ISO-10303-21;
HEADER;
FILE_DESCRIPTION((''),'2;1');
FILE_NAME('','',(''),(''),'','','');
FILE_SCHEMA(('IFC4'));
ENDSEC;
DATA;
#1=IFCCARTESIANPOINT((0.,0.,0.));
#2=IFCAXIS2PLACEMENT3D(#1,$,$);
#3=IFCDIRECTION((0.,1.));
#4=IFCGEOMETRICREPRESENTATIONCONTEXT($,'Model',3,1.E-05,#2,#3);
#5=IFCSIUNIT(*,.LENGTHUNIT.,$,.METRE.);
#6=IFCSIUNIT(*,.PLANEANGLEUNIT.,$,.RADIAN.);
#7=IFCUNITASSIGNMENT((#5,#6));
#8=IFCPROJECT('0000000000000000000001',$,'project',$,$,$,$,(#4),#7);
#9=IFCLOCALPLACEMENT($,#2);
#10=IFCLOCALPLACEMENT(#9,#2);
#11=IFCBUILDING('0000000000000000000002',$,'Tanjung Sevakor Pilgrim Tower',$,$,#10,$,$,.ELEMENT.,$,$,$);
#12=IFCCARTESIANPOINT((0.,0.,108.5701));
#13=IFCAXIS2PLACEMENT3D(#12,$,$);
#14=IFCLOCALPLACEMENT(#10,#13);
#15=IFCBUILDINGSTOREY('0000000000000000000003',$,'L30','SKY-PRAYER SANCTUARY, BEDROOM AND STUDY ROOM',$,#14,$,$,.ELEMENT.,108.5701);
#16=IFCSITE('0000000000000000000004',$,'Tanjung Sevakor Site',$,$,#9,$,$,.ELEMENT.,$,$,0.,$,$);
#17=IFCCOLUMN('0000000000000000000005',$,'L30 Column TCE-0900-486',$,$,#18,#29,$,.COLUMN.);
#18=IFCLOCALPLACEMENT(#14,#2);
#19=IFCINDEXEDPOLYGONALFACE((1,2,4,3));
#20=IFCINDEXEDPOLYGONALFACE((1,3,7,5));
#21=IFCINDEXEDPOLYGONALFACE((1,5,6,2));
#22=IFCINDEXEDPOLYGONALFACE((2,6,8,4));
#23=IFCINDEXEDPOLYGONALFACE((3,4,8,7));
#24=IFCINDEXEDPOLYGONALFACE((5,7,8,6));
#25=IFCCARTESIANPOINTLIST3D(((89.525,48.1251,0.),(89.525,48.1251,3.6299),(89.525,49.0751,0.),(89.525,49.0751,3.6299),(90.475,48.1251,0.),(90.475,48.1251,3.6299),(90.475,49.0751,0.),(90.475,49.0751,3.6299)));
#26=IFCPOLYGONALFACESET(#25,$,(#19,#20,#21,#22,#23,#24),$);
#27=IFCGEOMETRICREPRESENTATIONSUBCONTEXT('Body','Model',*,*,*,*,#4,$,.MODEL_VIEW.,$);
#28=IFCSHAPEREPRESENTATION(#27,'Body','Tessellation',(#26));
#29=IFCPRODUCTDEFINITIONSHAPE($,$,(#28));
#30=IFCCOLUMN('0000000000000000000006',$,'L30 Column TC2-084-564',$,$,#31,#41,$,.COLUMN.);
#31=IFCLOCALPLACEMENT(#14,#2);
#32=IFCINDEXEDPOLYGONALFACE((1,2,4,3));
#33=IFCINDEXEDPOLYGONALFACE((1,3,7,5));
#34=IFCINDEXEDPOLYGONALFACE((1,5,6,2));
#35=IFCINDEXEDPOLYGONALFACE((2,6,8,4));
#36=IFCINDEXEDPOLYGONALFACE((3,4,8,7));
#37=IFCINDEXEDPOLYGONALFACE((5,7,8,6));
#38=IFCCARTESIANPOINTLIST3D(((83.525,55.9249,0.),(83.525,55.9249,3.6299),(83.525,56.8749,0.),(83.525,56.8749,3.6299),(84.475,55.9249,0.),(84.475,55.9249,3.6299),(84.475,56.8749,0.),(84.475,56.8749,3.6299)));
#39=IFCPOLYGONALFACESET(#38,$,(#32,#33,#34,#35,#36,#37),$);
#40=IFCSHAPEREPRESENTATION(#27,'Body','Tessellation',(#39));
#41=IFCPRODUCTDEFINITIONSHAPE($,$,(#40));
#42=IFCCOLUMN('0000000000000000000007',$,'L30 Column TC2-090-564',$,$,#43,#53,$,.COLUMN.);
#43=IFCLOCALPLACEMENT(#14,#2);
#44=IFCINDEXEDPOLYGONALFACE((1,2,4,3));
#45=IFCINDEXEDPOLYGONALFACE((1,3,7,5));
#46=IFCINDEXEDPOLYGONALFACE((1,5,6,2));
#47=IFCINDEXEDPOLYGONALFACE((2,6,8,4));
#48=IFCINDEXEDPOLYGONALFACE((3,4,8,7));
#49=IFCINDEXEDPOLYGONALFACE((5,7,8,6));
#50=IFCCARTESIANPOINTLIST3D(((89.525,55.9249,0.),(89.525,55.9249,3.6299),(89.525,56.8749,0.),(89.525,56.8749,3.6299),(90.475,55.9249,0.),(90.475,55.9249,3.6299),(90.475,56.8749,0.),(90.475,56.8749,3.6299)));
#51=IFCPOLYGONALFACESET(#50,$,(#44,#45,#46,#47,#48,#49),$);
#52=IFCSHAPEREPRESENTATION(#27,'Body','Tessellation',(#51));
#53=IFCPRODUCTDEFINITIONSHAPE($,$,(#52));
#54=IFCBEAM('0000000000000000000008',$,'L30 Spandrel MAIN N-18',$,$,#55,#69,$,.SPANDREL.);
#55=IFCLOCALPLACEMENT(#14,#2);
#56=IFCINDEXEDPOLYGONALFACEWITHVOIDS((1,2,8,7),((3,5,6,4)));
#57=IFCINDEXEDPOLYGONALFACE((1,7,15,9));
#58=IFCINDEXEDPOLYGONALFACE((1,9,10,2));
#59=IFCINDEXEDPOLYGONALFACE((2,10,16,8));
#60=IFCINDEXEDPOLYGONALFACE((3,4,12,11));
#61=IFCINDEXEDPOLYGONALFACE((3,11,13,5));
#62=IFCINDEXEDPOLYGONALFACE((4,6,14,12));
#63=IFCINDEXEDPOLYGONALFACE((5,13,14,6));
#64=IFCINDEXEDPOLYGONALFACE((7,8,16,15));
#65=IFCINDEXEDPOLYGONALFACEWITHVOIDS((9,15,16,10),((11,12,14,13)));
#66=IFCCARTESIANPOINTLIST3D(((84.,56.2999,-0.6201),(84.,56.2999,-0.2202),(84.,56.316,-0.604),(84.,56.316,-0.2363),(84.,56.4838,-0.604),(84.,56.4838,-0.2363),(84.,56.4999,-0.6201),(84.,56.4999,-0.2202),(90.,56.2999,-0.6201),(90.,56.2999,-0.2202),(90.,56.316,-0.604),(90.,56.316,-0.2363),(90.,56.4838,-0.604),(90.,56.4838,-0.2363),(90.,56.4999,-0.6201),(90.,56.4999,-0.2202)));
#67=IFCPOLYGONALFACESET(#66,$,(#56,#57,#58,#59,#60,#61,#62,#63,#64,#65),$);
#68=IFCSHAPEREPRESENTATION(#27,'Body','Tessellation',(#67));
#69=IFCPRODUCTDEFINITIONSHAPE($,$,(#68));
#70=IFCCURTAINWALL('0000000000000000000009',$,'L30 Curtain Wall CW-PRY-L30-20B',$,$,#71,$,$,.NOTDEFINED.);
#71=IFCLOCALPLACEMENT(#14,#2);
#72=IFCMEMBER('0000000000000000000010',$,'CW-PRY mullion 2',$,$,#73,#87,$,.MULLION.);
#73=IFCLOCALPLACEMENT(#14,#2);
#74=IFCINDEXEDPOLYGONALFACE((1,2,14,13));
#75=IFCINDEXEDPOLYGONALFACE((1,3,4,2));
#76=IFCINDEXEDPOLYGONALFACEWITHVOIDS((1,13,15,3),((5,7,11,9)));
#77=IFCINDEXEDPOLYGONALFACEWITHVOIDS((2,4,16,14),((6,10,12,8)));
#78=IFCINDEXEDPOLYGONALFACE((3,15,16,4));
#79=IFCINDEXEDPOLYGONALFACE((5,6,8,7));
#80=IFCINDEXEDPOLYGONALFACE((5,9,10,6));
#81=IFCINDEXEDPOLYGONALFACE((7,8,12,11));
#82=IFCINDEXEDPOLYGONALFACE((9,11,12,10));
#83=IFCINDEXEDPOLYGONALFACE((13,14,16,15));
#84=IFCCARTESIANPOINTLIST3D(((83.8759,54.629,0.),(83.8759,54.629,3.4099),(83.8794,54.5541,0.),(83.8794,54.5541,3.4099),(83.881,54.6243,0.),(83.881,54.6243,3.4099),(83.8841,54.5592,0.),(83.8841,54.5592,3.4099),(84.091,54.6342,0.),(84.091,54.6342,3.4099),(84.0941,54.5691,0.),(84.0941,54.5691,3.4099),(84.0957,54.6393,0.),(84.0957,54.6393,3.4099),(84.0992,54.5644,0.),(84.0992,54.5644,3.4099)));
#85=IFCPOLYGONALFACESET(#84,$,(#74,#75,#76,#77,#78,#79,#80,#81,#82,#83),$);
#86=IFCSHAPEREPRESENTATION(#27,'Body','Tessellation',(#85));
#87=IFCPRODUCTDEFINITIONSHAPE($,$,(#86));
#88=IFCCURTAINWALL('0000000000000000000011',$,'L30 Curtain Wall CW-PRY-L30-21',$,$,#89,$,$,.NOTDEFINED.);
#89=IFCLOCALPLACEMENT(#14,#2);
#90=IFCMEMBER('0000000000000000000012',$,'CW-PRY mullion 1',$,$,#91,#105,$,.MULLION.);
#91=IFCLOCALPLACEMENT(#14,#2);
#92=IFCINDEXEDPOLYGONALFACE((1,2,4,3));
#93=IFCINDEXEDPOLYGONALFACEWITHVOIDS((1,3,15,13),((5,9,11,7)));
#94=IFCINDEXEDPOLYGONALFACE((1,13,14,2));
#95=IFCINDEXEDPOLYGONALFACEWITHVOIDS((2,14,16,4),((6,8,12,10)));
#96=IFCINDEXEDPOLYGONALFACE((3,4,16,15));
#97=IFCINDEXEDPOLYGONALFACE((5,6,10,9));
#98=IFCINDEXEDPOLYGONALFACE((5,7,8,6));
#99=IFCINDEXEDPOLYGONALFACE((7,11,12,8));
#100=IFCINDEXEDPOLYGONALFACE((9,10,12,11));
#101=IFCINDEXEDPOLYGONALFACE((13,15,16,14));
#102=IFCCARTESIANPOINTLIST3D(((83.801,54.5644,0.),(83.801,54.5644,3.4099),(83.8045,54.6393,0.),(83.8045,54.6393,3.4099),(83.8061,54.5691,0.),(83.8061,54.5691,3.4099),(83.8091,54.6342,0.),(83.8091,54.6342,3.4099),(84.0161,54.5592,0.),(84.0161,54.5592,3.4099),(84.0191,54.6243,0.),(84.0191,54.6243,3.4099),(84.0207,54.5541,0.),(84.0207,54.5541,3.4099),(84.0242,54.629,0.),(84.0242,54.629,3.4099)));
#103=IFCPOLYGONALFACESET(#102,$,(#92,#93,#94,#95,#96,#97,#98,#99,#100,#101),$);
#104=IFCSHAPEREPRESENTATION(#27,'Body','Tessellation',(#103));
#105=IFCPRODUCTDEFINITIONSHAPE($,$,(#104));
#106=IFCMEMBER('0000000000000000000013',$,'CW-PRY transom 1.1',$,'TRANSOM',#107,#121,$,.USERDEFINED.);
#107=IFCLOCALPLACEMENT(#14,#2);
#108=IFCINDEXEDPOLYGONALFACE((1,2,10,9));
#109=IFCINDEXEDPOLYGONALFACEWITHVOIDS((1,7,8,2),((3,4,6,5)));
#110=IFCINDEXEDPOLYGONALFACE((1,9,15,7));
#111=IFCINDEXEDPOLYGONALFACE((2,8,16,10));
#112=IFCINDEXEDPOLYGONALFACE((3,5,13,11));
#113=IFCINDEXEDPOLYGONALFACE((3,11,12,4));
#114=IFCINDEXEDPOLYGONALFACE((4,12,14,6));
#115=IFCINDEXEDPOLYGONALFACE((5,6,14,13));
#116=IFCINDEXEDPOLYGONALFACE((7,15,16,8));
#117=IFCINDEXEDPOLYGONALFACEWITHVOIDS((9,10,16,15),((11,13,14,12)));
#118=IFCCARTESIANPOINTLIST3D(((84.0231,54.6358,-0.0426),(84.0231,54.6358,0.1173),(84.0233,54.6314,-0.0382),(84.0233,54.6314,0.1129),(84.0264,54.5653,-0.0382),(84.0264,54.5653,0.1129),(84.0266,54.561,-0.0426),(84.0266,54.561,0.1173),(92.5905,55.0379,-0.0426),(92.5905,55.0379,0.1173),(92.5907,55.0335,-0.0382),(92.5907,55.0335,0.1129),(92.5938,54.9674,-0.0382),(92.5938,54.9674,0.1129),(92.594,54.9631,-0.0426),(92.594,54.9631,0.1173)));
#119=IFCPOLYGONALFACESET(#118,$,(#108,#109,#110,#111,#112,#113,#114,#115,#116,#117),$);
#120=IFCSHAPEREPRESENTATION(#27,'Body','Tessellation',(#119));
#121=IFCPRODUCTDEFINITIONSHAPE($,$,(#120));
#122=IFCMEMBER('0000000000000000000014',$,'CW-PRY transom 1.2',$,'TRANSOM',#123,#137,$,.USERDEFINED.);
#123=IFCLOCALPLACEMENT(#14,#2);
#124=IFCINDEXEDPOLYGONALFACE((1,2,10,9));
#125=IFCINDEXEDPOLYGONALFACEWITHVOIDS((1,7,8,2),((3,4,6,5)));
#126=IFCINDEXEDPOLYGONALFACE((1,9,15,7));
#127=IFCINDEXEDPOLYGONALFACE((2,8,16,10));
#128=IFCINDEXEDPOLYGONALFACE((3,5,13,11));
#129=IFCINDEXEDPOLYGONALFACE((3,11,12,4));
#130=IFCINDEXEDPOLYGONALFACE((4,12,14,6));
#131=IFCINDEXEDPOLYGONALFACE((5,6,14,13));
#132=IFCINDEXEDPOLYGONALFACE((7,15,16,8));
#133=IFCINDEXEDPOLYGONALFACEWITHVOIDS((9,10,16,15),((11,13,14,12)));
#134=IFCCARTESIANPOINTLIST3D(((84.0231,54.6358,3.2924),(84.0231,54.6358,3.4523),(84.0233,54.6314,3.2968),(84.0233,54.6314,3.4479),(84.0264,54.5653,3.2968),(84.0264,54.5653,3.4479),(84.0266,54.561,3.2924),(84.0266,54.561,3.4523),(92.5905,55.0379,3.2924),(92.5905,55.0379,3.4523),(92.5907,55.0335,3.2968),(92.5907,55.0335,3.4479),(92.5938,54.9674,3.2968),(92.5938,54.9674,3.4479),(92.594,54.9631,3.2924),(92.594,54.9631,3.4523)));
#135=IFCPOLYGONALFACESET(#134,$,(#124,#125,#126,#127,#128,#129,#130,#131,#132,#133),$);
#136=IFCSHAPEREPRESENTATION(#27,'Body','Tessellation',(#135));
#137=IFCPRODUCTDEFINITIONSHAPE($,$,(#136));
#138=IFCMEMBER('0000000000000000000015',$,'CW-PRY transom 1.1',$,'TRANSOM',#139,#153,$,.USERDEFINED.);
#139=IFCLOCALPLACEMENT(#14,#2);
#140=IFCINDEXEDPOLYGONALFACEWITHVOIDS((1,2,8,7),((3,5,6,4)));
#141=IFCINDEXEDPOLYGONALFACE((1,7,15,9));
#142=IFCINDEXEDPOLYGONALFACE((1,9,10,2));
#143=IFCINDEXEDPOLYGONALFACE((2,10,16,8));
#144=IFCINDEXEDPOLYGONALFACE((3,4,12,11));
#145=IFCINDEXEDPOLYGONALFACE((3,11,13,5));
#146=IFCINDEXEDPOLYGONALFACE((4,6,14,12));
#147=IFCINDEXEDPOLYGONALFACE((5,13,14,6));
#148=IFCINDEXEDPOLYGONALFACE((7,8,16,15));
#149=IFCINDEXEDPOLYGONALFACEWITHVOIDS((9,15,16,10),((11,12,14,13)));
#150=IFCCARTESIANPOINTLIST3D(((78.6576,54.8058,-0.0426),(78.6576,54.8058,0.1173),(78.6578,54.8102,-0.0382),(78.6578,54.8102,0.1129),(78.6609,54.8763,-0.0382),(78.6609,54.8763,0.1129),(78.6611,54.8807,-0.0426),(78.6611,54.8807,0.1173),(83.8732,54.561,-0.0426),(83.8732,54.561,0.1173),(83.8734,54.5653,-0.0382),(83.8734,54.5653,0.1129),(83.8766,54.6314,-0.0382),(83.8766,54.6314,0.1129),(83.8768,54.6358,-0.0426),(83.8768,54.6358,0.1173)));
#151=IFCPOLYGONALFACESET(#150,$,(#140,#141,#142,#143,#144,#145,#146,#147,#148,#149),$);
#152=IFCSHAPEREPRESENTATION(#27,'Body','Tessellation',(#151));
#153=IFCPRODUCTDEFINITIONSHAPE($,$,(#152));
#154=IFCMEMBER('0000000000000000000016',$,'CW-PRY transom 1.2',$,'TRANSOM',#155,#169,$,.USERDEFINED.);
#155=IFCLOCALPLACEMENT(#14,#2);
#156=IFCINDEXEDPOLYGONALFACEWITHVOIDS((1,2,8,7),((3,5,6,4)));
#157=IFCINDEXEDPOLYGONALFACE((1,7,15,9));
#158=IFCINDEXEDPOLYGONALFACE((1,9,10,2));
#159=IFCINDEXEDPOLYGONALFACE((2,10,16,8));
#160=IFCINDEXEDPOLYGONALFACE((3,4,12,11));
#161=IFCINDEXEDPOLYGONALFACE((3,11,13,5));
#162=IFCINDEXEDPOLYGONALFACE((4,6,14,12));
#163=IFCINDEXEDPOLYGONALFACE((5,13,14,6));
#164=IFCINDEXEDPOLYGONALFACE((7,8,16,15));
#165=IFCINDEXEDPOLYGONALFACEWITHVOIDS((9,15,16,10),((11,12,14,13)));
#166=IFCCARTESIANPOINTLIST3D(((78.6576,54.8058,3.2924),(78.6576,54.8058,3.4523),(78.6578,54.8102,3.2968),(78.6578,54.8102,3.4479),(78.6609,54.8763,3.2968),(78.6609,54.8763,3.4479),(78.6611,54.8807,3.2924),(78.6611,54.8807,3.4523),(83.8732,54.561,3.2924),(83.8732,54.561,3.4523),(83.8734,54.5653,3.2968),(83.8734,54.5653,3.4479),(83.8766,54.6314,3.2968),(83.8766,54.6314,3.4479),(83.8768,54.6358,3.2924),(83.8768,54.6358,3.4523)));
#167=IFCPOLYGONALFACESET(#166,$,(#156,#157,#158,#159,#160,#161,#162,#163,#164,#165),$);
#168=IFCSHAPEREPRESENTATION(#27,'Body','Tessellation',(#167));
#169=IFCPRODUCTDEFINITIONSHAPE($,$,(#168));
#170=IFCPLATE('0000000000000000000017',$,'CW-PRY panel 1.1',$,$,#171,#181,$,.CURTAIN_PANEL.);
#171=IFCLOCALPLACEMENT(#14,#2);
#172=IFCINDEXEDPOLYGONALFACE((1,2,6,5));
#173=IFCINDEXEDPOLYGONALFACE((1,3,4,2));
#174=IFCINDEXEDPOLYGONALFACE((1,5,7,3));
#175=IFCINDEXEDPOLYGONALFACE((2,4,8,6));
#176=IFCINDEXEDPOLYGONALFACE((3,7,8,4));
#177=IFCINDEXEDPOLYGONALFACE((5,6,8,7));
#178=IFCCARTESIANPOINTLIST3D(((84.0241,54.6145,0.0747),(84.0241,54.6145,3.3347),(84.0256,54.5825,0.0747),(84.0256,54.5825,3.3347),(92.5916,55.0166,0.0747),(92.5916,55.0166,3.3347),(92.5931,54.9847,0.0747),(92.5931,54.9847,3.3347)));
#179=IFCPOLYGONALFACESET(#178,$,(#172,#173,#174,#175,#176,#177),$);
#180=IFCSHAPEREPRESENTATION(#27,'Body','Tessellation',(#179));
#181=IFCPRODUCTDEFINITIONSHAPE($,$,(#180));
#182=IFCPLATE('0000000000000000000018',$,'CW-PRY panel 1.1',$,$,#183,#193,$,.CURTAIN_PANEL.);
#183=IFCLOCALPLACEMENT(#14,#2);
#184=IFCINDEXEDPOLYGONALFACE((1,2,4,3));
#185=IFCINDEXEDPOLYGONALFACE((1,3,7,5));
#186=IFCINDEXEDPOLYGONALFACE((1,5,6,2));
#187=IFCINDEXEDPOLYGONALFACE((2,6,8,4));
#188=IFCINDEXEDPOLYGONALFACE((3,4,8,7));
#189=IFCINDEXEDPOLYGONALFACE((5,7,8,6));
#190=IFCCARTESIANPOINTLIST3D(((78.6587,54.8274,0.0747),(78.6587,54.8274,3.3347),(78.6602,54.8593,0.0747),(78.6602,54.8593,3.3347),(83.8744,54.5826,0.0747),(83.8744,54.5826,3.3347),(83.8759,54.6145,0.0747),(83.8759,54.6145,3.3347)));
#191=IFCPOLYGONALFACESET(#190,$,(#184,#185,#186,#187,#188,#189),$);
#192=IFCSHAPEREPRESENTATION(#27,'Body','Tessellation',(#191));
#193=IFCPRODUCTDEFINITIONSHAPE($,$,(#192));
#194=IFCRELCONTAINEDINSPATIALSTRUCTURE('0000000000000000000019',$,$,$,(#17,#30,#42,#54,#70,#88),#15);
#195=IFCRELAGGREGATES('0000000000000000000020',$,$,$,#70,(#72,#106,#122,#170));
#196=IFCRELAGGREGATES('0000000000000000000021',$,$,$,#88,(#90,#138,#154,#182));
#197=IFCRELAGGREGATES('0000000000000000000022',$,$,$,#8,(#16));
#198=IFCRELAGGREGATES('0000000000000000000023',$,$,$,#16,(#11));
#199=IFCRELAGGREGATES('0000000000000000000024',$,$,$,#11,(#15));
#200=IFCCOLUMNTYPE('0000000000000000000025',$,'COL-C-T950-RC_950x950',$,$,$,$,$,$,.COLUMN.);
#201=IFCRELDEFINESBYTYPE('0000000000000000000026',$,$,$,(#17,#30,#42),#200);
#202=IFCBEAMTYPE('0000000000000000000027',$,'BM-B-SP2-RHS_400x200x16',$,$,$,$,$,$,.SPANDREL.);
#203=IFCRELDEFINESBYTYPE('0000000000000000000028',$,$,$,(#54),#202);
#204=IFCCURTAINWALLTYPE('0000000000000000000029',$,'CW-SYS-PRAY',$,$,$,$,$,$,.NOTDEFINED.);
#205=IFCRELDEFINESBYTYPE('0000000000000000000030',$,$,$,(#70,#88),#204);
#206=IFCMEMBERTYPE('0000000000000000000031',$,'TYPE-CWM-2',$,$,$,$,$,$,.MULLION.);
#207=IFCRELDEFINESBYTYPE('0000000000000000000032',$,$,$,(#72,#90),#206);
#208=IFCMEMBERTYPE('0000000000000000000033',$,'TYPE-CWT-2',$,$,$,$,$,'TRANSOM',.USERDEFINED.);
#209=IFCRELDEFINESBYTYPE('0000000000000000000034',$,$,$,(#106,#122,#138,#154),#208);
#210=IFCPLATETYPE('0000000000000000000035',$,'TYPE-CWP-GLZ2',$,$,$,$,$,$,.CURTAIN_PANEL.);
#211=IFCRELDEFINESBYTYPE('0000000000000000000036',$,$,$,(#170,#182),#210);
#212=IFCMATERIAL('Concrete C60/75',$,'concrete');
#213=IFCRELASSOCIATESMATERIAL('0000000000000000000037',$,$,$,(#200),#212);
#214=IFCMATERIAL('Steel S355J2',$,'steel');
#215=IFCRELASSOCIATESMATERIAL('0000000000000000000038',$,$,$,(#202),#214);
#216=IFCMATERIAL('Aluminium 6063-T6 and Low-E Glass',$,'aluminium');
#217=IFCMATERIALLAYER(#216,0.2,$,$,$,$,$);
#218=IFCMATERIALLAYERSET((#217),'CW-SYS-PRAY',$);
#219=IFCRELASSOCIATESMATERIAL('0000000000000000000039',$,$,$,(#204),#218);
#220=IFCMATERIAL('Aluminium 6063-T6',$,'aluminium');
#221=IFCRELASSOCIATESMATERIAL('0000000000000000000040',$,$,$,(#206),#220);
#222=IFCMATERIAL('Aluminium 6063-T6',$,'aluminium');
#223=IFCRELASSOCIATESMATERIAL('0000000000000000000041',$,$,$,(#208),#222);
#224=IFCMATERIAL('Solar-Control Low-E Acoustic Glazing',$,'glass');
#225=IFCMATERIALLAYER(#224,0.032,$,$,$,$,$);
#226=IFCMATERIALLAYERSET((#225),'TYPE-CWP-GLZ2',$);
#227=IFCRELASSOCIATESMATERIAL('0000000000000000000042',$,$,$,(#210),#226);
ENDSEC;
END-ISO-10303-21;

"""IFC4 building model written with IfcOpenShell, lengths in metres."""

from ifc_helpers import new_model, si_unit, direction, frame, origin, origin_2d, place, context, subcontext, project, spatial, rectangle, hollow_rectangle, extrude, material, layer, layer_set, material_profile, profile_set, type_object, element, aggregate, save


model = new_model("IFC4")

# Units and contexts
model_context = context("Model", 3, precision=1e-05, world=origin(), true_north=direction((0.0, 1.0)))
body_context = subcontext(model_context, "Body", "Model", "MODEL_VIEW")
ifc_project = project(units=[si_unit("LENGTHUNIT", "METRE"), si_unit("PLANEANGLEUNIT", "RADIAN")], contexts=[model_context])

# Site, building, storey
site_placement = place(None, origin())
site = spatial("IfcSite", under=ifc_project, at=site_placement, Name="Tanjung Sevakor Site", CompositionType="ELEMENT", RefElevation=0.0)
building_placement = place(site_placement, origin())
building = spatial("IfcBuilding", under=site, at=building_placement, Name="Tanjung Sevakor Pilgrim Tower", CompositionType="ELEMENT")
storey_placement = place(building_placement, frame((0.0, 0.0, 108.5701)))
storey = spatial("IfcBuildingStorey", under=building, at=storey_placement, Name="L30", Description="SKY-PRAYER SANCTUARY, BEDROOM AND STUDY ROOM", CompositionType="ELEMENT", Elevation=108.5701)

# Columns
ifc_material_1 = material(Name="Concrete C60/75", Category="concrete")
ifc_material_profile_1 = material_profile(ifc_material_1, rectangle(XDim=0.95, YDim=0.95, at=origin_2d()))
ifc_profile_set_1 = profile_set([ifc_material_profile_1], Name="Concrete C60/75")
column_type = type_object("IfcColumnType", Name="COL-C-T950-RC_950x950", PredefinedType="COLUMN", material=ifc_profile_set_1)
for number, where, z_axis, x_axis, name in (
    (1, (90.0, 48.6001, 0.0), (0.0, 0.0, 1.0), (1.0, 0.0, 0.0), "L30 Column TCE-0900-486"),
    (2, (84.0, 56.3999, 0.0), (0.0, 0.0, 1.0), (1.0, 0.0, 0.0), "L30 Column TC2-084-564"),
    (3, (90.0, 56.3999, 0.0), (0.0, 0.0, 1.0), (1.0, 0.0, 0.0), "L30 Column TC2-090-564"),
):
    element("IfcColumn", number, at=place(storey_placement, frame(where, z_axis=z_axis, x_axis=x_axis)), inside=storey, type_object=column_type, Name=name, PredefinedType="COLUMN", context=body_context, shape_type="SweptSolid", body=[
        extrude(rectangle(XDim=0.95, YDim=0.95, at=origin_2d()), origin(), (0.0, 0.0, 1.0), 3.6299),
    ])

# Beam
ifc_material_2 = material(Name="Steel S355J2", Category="steel")
ifc_material_profile_2 = material_profile(ifc_material_2, hollow_rectangle(XDim=0.2, YDim=0.3999, WallThickness=0.0161, at=origin_2d()))
ifc_profile_set_2 = profile_set([ifc_material_profile_2], Name="Steel S355J2")
beam_type = type_object("IfcBeamType", Name="BM-B-SP2-RHS_400x200x16", PredefinedType="SPANDREL", material=ifc_profile_set_2)
beam_placement = place(storey_placement, frame((84.0, 56.3999, -0.4202), z_axis=(1.0, 0.0, 0.0), x_axis=(0.0, 1.0, 0.0)))
element("IfcBeam", 4, at=beam_placement, inside=storey, type_object=beam_type, Name="L30 Spandrel MAIN N-18", PredefinedType="SPANDREL", context=body_context, shape_type="SweptSolid", body=[
    extrude(hollow_rectangle(XDim=0.2, YDim=0.3999, WallThickness=0.0161, at=origin_2d()), origin(), (0.0, 0.0, 1.0), 6.0),
])

# Curtain walls, members
ifc_material_3 = material(Name="Aluminium 6063-T6 and Low-E Glass", Category="aluminium")
ifc_layer_1 = layer(ifc_material_3, 0.2)
ifc_layer_set_1 = layer_set([ifc_layer_1], Name="CW-SYS-PRAY")
curtain_wall_type = type_object("IfcCurtainWallType", Name="CW-SYS-PRAY", PredefinedType="NOTDEFINED", material=ifc_layer_set_1)
curtain_wall_1_placement = place(storey_placement, origin())
curtain_wall_1 = element("IfcCurtainWall", 5, at=curtain_wall_1_placement, inside=storey, type_object=curtain_wall_type, Name="L30 Curtain Wall CW-PRY-L30-20B", PredefinedType="NOTDEFINED")
ifc_material_4 = material(Name="Aluminium 6063-T6", Category="aluminium")
ifc_material_profile_3 = material_profile(ifc_material_4, hollow_rectangle(XDim=0.075, YDim=0.22, WallThickness=0.0049, at=origin_2d()))
ifc_profile_set_3 = profile_set([ifc_material_profile_3], Name="Aluminium 6063-T6")
member_type_1 = type_object("IfcMemberType", Name="TYPE-CWM-2", PredefinedType="MULLION", material=ifc_profile_set_3)
member_1_placement = place(storey_placement, frame((83.9875, 54.5967, 0.0), z_axis=(0.0, 0.0, 1.0), x_axis=(0.04689, -0.9989, 0.0)))
member_1 = element("IfcMember", 6, at=member_1_placement, type_object=member_type_1, Name="CW-PRY mullion 2", PredefinedType="MULLION", context=body_context, shape_type="SweptSolid", body=[
    extrude(hollow_rectangle(XDim=0.075, YDim=0.22, WallThickness=0.0049, at=origin_2d()), origin(), (0.0, 0.0, 1.0), 3.4099),
])
curtain_wall_2_placement = place(storey_placement, origin())
curtain_wall_2 = element("IfcCurtainWall", 7, at=curtain_wall_2_placement, inside=storey, type_object=curtain_wall_type, Name="L30 Curtain Wall CW-PRY-L30-21", PredefinedType="NOTDEFINED")
member_2_placement = place(storey_placement, frame((83.9126, 54.5967, 0.0), z_axis=(0.0, 0.0, 1.0), x_axis=(-0.046889, -0.9989, 0.0)))
member_2 = element("IfcMember", 8, at=member_2_placement, type_object=member_type_1, Name="CW-PRY mullion 1", PredefinedType="MULLION", context=body_context, shape_type="SweptSolid", body=[
    extrude(hollow_rectangle(XDim=0.075, YDim=0.22, WallThickness=0.0049, at=origin_2d()), origin(), (0.0, 0.0, 1.0), 3.4099),
])

# Members
ifc_material_5 = material(Name="Aluminium 6063-T6", Category="aluminium")
ifc_material_profile_4 = material_profile(ifc_material_5, hollow_rectangle(XDim=0.075, YDim=0.1599, WallThickness=0.0044, at=origin_2d()))
ifc_profile_set_4 = profile_set([ifc_material_profile_4], Name="Aluminium 6063-T6")
member_type_2 = type_object("IfcMemberType", Name="TYPE-CWT-2", ElementType="TRANSOM", PredefinedType="USERDEFINED", material=ifc_profile_set_4)
member_3_placement = place(storey_placement, frame((92.5923, 55.0005, 0.0374), z_axis=(-0.9989, -0.046882, 0.0), x_axis=(0.046882, -0.9989, 0.0)))
member_3 = element("IfcMember", 9, at=member_3_placement, type_object=member_type_2, Name="CW-PRY transom 1.1", ObjectType="TRANSOM", PredefinedType="USERDEFINED", context=body_context, shape_type="SweptSolid", body=[
    extrude(hollow_rectangle(XDim=0.075, YDim=0.1599, WallThickness=0.0044, at=origin_2d()), origin(), (0.0, 0.0, 1.0), 8.5769),
])
member_4_placement = place(storey_placement, frame((92.5923, 55.0005, 3.3723), z_axis=(-0.9989, -0.046882, 0.0), x_axis=(0.046882, -0.9989, 0.0)))
member_4 = element("IfcMember", 10, at=member_4_placement, type_object=member_type_2, Name="CW-PRY transom 1.2", ObjectType="TRANSOM", PredefinedType="USERDEFINED", context=body_context, shape_type="SweptSolid", body=[
    extrude(hollow_rectangle(XDim=0.075, YDim=0.1599, WallThickness=0.0044, at=origin_2d()), origin(), (0.0, 0.0, 1.0), 8.5769),
])
member_5_placement = place(storey_placement, frame((83.875, 54.5984, 0.0374), z_axis=(-0.9989, 0.046899, 0.0), x_axis=(-0.046899, -0.9989, 0.0)))
member_5 = element("IfcMember", 11, at=member_5_placement, type_object=member_type_2, Name="CW-PRY transom 1.1", ObjectType="TRANSOM", PredefinedType="USERDEFINED", context=body_context, shape_type="SweptSolid", body=[
    extrude(hollow_rectangle(XDim=0.075, YDim=0.1599, WallThickness=0.0044, at=origin_2d()), origin(), (0.0, 0.0, 1.0), 5.2214),
])
member_6_placement = place(storey_placement, frame((83.875, 54.5984, 3.3723), z_axis=(-0.9989, 0.046899, 0.0), x_axis=(-0.046899, -0.9989, 0.0)))
member_6 = element("IfcMember", 12, at=member_6_placement, type_object=member_type_2, Name="CW-PRY transom 1.2", ObjectType="TRANSOM", PredefinedType="USERDEFINED", context=body_context, shape_type="SweptSolid", body=[
    extrude(hollow_rectangle(XDim=0.075, YDim=0.1599, WallThickness=0.0044, at=origin_2d()), origin(), (0.0, 0.0, 1.0), 5.2214),
])

# Plates
ifc_material_6 = material(Name="Solar-Control Low-E Acoustic Glazing", Category="glass")
ifc_layer_2 = layer(ifc_material_6, 0.032)
ifc_layer_set_2 = layer_set([ifc_layer_2], Name="TYPE-CWP-GLZ2")
plate_type = type_object("IfcPlateType", Name="TYPE-CWP-GLZ2", PredefinedType="CURTAIN_PANEL", material=ifc_layer_set_2)
plate_1_placement = place(storey_placement, frame((88.3086, 54.7996, 0.0747), z_axis=(0.0, 0.0, 1.0), x_axis=(-0.9989, -0.04689, 0.0)))
plate_1 = element("IfcPlate", 13, at=plate_1_placement, type_object=plate_type, Name="CW-PRY panel 1.1", PredefinedType="CURTAIN_PANEL", context=body_context, shape_type="SweptSolid", body=[
    extrude(rectangle(XDim=8.5769, YDim=0.032, at=origin_2d()), origin(), (0.0, 0.0, 1.0), 3.26),
])
aggregate(curtain_wall_1, [member_1, member_3, member_4, plate_1])
plate_2_placement = place(storey_placement, frame((81.2673, 54.7209, 0.0747), z_axis=(0.0, 0.0, 1.0), x_axis=(-0.9989, 0.046889, 0.0)))
plate_2 = element("IfcPlate", 14, at=plate_2_placement, type_object=plate_type, Name="CW-PRY panel 1.1", PredefinedType="CURTAIN_PANEL", context=body_context, shape_type="SweptSolid", body=[
    extrude(rectangle(XDim=5.2214, YDim=0.032, at=origin_2d()), origin(), (0.0, 0.0, 1.0), 3.26),
])
aggregate(curtain_wall_2, [member_2, member_5, member_6, plate_2])

save(model, "model.ifc")
